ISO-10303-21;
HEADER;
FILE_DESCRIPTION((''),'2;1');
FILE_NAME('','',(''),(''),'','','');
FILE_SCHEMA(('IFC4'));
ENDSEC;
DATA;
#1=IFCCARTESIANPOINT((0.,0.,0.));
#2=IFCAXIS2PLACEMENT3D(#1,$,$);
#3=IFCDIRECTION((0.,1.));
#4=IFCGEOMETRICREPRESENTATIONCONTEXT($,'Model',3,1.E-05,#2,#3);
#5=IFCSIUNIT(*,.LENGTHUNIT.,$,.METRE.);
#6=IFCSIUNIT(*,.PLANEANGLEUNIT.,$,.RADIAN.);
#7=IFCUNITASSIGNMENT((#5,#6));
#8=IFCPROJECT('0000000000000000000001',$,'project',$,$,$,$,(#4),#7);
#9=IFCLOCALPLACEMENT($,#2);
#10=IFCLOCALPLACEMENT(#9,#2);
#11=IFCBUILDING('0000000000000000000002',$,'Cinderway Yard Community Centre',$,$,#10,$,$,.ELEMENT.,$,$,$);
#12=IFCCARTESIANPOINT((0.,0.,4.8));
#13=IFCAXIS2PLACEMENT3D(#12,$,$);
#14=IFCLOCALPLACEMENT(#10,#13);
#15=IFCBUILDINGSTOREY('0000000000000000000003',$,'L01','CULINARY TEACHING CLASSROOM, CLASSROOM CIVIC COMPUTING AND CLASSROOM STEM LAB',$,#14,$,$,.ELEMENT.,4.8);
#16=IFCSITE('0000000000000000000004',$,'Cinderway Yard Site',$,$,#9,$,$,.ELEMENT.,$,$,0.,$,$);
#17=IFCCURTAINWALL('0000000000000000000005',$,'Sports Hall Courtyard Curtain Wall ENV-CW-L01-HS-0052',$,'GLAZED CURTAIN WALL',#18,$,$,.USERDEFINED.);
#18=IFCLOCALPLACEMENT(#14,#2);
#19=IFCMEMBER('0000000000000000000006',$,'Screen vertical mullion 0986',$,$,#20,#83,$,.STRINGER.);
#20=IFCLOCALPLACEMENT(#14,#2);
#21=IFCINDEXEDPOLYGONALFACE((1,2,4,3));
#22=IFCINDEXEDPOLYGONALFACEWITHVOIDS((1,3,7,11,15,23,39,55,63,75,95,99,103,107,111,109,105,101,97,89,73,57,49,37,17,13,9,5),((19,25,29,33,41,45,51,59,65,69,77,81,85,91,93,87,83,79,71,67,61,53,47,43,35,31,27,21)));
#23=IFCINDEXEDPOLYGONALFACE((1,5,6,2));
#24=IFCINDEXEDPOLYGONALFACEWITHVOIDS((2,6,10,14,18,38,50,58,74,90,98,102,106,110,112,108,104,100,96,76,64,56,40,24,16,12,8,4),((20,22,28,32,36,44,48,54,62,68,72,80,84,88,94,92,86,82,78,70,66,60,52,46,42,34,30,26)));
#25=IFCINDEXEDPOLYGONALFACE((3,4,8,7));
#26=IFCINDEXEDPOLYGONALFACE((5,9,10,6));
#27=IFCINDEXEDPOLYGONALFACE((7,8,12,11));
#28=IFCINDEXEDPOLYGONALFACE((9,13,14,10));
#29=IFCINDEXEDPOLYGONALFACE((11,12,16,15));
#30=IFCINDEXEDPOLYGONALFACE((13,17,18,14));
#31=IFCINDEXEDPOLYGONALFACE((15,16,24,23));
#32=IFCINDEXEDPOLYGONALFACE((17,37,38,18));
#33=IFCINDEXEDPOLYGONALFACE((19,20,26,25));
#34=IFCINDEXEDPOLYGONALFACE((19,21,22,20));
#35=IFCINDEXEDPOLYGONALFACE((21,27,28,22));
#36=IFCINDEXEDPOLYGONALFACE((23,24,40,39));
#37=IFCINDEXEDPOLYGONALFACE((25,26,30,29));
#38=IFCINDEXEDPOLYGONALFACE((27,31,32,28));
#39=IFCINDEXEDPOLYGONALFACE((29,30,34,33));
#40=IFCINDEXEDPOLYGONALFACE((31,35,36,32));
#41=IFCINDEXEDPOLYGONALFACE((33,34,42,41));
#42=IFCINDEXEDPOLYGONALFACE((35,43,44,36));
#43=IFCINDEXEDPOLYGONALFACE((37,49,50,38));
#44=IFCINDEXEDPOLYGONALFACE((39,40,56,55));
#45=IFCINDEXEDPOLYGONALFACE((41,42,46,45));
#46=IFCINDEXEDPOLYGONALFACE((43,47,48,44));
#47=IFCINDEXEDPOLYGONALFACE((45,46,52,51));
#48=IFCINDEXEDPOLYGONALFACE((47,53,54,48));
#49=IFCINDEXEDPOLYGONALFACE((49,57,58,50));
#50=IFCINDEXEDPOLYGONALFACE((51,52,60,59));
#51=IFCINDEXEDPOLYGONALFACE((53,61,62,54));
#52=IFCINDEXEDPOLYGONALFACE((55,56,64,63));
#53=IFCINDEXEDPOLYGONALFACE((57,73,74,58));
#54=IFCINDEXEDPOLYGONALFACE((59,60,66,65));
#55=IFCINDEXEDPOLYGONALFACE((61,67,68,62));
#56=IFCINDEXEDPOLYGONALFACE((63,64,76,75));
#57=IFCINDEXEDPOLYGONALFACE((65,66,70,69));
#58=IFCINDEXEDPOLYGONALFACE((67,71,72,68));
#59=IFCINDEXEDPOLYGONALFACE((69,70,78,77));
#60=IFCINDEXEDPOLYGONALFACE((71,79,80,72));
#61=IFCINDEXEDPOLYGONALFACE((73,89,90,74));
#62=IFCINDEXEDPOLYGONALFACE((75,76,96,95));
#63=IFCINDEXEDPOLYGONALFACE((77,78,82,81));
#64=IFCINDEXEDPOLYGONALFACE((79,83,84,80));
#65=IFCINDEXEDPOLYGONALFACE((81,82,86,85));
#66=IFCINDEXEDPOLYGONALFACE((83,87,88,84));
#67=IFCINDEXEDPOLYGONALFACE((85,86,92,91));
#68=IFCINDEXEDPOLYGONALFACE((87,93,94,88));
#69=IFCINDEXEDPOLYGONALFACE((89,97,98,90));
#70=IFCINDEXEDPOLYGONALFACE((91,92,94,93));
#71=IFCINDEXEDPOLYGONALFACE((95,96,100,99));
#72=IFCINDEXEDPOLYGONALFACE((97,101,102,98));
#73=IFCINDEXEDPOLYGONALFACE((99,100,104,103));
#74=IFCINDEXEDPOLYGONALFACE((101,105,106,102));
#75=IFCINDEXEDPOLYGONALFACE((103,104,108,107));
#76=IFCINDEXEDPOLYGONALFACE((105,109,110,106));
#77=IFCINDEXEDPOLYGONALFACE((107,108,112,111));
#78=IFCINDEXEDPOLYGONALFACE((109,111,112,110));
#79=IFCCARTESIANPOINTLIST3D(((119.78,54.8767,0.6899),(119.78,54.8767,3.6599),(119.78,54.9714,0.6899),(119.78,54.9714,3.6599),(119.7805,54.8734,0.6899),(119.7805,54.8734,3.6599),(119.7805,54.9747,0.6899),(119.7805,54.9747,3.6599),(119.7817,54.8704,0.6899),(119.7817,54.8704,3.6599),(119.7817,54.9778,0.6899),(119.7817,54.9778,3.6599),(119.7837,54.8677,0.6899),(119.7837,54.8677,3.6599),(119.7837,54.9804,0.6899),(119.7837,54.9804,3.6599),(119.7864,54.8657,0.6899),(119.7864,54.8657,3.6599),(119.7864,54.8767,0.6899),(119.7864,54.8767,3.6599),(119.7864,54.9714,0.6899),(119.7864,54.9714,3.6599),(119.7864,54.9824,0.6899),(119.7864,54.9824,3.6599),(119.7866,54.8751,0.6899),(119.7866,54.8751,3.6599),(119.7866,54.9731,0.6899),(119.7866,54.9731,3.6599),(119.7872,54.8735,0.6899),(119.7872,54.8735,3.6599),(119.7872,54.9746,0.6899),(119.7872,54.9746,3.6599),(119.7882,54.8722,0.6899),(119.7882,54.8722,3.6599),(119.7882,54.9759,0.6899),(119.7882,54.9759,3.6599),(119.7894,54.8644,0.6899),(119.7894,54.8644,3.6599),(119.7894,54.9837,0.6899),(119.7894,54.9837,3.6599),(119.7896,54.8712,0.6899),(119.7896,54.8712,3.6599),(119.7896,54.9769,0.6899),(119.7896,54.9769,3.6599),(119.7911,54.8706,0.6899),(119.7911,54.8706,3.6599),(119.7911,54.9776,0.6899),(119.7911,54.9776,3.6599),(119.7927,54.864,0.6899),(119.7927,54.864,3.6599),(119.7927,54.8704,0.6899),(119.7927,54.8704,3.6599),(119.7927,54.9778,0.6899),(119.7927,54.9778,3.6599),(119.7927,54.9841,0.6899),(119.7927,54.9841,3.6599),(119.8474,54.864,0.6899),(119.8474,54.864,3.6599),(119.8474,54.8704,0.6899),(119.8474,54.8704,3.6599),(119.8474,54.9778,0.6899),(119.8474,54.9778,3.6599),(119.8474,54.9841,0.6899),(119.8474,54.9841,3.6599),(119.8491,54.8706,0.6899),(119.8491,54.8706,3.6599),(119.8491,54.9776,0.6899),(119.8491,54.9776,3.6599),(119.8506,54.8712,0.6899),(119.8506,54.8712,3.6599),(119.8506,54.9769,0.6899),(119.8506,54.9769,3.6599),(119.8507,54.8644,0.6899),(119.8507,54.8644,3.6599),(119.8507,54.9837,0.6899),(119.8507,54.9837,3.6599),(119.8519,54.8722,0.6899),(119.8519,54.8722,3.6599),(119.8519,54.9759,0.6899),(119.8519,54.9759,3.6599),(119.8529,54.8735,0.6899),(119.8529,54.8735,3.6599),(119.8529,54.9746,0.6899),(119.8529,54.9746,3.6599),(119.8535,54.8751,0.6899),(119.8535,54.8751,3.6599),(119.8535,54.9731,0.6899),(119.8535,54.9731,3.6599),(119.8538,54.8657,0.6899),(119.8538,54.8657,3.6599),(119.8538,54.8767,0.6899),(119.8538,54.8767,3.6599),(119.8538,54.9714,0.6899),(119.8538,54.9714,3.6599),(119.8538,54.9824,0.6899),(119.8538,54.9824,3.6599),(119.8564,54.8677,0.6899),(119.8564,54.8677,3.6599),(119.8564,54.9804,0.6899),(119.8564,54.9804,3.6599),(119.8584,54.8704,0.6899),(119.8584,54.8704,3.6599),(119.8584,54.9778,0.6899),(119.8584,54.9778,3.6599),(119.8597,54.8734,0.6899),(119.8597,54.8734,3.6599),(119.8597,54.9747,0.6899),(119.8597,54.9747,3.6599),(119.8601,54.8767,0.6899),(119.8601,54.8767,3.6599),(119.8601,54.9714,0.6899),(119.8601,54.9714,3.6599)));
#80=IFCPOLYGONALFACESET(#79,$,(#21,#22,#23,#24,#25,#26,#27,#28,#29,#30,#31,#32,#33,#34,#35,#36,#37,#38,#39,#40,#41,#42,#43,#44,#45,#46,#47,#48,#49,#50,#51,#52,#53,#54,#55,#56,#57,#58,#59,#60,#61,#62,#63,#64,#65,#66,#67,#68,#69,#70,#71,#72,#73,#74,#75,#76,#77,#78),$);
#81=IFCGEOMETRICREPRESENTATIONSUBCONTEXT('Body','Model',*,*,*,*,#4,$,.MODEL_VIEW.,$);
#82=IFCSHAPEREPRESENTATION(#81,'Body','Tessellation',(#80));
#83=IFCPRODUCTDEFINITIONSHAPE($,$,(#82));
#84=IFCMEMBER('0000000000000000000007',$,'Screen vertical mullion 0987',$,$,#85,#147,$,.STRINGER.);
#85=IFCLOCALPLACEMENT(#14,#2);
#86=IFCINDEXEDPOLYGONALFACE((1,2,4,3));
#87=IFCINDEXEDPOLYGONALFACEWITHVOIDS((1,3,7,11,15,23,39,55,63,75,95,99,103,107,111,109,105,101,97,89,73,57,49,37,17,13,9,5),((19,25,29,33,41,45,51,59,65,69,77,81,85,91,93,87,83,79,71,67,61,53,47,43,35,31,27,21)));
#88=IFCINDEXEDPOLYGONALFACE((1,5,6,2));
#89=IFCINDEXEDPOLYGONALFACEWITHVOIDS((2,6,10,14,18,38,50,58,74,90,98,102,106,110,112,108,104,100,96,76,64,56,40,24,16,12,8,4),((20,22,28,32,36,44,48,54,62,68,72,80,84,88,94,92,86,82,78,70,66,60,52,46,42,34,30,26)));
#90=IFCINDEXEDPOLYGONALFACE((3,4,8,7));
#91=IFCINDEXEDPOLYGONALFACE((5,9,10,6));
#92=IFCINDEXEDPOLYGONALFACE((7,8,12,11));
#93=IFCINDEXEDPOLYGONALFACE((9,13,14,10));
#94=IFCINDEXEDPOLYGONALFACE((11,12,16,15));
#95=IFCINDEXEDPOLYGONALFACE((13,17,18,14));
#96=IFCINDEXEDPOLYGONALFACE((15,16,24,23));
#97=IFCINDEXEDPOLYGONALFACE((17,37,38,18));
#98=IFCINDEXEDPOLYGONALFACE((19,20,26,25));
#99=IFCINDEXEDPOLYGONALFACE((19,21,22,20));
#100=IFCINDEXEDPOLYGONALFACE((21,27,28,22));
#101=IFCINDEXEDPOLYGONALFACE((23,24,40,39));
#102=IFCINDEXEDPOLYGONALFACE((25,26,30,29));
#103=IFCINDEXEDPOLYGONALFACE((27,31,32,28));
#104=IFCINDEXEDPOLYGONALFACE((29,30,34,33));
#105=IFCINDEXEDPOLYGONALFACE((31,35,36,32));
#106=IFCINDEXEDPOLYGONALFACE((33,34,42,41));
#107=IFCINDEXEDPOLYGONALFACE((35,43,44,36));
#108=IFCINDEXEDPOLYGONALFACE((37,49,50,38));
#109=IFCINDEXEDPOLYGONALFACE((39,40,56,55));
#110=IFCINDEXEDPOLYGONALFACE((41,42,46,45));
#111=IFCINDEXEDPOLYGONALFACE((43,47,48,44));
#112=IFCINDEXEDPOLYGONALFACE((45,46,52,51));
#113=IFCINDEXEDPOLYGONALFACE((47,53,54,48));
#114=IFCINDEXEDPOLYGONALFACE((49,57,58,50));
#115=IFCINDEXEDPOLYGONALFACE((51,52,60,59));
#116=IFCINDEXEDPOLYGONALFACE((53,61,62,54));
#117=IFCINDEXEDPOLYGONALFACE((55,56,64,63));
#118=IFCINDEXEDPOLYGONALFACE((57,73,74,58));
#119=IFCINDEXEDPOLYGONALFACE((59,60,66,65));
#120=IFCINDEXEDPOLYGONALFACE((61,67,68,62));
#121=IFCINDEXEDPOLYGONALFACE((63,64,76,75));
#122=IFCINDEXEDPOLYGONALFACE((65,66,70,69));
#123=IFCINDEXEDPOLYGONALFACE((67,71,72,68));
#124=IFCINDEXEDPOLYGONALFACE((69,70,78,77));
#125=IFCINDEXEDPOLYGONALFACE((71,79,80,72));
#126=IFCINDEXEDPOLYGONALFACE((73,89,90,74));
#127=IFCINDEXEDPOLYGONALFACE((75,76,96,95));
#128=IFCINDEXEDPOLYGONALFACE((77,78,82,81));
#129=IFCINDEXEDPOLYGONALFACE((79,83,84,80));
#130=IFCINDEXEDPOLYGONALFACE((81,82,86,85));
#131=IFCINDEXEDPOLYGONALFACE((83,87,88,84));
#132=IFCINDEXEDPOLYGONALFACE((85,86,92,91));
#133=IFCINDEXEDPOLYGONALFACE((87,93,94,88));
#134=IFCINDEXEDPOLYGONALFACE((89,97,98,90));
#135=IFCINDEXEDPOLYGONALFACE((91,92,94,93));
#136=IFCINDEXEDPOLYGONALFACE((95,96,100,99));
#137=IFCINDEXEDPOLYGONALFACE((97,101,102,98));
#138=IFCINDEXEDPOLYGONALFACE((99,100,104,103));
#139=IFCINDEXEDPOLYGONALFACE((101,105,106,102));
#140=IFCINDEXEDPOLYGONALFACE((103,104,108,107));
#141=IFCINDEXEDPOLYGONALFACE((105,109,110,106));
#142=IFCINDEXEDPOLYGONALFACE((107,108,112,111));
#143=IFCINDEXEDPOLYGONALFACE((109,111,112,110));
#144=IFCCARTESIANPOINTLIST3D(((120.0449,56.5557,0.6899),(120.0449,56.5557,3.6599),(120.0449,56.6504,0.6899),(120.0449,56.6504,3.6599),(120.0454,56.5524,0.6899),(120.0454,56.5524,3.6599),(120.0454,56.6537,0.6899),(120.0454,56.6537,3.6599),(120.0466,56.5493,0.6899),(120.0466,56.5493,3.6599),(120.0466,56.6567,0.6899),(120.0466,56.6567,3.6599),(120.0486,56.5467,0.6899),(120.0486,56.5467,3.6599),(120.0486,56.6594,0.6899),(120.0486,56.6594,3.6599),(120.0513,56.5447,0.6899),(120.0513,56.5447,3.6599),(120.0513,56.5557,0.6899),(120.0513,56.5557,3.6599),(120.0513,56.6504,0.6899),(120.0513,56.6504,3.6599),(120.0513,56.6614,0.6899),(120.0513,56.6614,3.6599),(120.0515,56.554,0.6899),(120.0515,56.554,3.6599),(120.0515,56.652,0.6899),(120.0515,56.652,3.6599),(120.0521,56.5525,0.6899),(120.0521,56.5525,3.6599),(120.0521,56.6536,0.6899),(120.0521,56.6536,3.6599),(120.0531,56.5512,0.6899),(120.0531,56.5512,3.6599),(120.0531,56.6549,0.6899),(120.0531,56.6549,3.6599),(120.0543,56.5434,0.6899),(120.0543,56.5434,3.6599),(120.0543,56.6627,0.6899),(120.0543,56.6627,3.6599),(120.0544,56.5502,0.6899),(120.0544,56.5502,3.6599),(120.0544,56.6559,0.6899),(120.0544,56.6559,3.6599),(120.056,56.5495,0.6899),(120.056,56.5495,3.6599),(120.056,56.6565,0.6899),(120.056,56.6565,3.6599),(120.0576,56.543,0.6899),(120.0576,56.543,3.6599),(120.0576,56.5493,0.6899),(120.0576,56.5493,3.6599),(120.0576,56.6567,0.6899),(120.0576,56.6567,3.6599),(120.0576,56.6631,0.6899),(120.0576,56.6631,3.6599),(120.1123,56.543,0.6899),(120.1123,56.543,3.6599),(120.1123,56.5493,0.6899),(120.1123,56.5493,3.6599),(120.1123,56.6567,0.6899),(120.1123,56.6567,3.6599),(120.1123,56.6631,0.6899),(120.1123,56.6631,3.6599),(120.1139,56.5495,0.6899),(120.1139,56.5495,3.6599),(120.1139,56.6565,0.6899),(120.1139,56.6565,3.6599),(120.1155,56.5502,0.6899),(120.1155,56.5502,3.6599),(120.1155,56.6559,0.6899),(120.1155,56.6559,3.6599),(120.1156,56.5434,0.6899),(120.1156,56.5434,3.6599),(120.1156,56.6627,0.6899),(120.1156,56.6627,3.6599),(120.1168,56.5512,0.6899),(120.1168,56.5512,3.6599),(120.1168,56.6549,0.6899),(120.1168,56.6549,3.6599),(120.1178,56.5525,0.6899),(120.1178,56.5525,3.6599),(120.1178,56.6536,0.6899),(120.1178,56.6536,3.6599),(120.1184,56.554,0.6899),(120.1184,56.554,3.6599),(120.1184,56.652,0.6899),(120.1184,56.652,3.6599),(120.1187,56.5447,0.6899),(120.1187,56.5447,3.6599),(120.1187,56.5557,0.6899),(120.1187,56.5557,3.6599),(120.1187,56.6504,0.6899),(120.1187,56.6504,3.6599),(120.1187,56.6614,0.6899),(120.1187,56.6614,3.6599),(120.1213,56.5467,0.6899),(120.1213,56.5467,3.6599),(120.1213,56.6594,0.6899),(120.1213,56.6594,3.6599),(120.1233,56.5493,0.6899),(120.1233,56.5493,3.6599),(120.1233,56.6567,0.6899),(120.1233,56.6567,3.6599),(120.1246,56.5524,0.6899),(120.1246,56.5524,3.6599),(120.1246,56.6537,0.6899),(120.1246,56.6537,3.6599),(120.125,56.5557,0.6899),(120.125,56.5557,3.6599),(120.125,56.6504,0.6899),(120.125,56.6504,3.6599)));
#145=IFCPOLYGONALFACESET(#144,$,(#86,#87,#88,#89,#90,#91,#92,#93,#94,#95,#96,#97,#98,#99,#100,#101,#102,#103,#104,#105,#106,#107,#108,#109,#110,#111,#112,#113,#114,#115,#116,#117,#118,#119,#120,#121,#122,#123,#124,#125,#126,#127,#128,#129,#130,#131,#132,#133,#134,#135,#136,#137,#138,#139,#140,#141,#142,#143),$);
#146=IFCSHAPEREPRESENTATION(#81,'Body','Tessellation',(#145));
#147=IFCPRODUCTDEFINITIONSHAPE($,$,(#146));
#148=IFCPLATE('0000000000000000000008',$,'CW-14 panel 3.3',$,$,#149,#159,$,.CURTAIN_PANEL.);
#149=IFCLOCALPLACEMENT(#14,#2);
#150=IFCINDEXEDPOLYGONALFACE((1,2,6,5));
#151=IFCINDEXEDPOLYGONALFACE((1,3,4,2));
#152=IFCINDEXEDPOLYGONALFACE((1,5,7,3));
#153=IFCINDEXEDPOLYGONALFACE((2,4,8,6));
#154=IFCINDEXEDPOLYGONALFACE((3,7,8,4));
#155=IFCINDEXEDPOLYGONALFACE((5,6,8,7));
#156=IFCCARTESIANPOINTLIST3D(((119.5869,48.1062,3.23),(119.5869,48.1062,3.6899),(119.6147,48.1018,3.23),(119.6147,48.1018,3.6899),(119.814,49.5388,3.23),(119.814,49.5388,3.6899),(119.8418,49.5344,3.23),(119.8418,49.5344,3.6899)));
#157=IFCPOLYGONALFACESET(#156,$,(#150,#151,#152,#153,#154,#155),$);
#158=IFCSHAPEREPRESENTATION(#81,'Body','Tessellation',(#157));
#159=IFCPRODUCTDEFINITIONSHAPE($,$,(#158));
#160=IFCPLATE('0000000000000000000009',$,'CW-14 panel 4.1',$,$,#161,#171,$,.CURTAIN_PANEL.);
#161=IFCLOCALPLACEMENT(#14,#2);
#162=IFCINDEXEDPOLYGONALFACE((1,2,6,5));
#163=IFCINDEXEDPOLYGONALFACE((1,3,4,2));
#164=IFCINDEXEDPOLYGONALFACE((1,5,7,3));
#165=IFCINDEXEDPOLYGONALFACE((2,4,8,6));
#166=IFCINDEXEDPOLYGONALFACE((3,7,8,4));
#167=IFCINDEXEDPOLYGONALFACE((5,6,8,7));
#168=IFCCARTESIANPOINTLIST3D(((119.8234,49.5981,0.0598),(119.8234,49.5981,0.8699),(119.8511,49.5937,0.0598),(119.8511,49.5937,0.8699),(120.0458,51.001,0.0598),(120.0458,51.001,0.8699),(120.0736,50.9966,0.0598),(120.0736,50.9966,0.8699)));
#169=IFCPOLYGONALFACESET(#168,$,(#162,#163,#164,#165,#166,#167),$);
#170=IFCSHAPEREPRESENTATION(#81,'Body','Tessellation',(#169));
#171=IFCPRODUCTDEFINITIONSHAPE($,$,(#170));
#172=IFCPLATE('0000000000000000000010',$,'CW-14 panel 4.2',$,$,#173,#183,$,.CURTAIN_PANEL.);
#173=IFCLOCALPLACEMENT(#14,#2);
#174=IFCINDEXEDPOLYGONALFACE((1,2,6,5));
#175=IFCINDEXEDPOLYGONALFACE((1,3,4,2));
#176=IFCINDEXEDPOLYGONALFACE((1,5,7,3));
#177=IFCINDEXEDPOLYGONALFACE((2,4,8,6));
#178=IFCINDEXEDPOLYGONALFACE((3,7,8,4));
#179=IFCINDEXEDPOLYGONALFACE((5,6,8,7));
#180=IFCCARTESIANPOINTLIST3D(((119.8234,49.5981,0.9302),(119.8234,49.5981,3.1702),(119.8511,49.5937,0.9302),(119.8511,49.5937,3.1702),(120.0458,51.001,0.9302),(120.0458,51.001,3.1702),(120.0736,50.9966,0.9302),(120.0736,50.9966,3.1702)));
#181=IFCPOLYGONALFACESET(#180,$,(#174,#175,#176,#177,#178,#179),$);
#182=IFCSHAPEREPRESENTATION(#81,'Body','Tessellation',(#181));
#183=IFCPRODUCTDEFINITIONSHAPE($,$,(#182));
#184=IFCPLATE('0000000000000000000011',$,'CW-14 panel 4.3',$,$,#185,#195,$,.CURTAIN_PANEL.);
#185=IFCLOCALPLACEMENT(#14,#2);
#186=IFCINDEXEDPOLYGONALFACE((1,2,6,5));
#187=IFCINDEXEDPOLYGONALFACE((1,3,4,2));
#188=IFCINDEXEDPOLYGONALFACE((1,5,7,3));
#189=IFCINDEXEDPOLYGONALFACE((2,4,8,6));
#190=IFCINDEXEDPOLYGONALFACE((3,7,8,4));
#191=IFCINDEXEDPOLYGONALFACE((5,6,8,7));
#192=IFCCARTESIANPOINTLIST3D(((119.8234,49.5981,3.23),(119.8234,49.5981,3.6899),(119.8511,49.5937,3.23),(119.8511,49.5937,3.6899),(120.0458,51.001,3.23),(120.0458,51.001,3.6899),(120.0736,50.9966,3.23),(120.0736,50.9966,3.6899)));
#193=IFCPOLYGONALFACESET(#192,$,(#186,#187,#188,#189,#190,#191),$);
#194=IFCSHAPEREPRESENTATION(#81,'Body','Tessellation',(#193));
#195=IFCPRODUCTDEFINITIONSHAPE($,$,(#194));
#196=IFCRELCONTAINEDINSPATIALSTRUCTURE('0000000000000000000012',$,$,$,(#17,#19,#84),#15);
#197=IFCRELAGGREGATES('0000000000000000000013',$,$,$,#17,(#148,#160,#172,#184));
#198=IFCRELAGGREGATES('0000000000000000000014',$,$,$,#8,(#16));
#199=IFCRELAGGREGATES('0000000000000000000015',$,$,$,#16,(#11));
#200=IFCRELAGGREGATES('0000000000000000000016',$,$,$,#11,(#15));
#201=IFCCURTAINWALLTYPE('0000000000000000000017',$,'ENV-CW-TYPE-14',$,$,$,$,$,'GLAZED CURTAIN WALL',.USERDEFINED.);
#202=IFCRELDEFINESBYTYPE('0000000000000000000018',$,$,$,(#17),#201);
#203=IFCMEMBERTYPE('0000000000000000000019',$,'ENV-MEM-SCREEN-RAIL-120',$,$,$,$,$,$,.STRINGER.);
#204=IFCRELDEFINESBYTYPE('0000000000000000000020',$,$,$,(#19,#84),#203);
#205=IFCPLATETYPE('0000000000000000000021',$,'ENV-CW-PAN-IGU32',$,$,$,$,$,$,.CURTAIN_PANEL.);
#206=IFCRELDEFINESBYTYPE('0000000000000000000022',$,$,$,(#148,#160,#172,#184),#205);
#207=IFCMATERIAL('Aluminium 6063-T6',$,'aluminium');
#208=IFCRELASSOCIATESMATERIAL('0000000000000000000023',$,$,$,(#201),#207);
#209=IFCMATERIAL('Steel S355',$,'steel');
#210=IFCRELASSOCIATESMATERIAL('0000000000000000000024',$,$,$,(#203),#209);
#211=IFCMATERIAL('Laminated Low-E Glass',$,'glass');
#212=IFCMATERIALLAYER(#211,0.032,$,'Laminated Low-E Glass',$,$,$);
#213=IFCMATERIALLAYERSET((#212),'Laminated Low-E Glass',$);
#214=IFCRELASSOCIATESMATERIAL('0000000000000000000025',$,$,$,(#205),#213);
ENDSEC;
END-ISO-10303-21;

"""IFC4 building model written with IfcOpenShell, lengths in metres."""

from ifc_helpers import new_model, si_unit, direction, frame, origin, origin_2d, place, context, subcontext, project, spatial, rectangle, hollow_rectangle, extrude, material, layer, layer_set, material_profile, profile_set, type_object, element, aggregate, save


model = new_model("IFC4")

# Units and contexts
model_context = context("Model", 3, precision=1e-05, world=origin(), true_north=direction((0.0, 1.0)))
body_context = subcontext(model_context, "Body", "Model", "MODEL_VIEW")
ifc_project = project(units=[si_unit("LENGTHUNIT", "METRE"), si_unit("PLANEANGLEUNIT", "RADIAN")], contexts=[model_context])

# Site, building, storey
site_placement = place(None, origin())
site = spatial("IfcSite", under=ifc_project, at=site_placement, Name="Cinderway Yard Site", CompositionType="ELEMENT", RefElevation=0.0)
building_placement = place(site_placement, origin())
building = spatial("IfcBuilding", under=site, at=building_placement, Name="Cinderway Yard Community Centre", CompositionType="ELEMENT")
storey_placement = place(building_placement, frame((0.0, 0.0, 4.8)))
storey = spatial("IfcBuildingStorey", under=building, at=storey_placement, Name="L01", Description="CULINARY TEACHING CLASSROOM, CLASSROOM CIVIC COMPUTING AND CLASSROOM STEM LAB", CompositionType="ELEMENT", Elevation=4.8)

# Curtain wall
ifc_material_1 = material(Name="Aluminium 6063-T6", Category="aluminium")
curtain_wall_type = type_object("IfcCurtainWallType", Name="ENV-CW-TYPE-14", ElementType="GLAZED CURTAIN WALL", PredefinedType="USERDEFINED", material=ifc_material_1)
curtain_wall_placement = place(storey_placement, origin())
curtain_wall = element("IfcCurtainWall", 1, at=curtain_wall_placement, inside=storey, type_object=curtain_wall_type, Name="Sports Hall Courtyard Curtain Wall ENV-CW-L01-HS-0052", ObjectType="GLAZED CURTAIN WALL", PredefinedType="USERDEFINED")

# Members
ifc_material_2 = material(Name="Steel S355", Category="steel")
ifc_material_profile_1 = material_profile(ifc_material_2, hollow_rectangle(XDim=0.0801, YDim=0.1201, WallThickness=0.0063, InnerFilletRadius=0.0063, OuterFilletRadius=0.0127, at=origin_2d()), Name="Steel S355")
ifc_profile_set_1 = profile_set([ifc_material_profile_1], Name="Steel S355")
member_type_1 = type_object("IfcMemberType", Name="ENV-MEM-SCREEN-RAIL-120", PredefinedType="STRINGER", material=ifc_profile_set_1)
for number, where, z_axis, x_axis, name in (
    (2, (119.8201, 54.9241, 0.6899), (0.0, 0.0, 1.0), (1.0, 0.0, 0.0), "Screen vertical mullion 0986"),
    (3, (120.085, 56.603, 0.6899), (0.0, 0.0, 1.0), (1.0, 0.0, 0.0), "Screen vertical mullion 0987"),
):
    element("IfcMember", number, at=place(storey_placement, frame(where, z_axis=z_axis, x_axis=x_axis)), inside=storey, type_object=member_type_1, Name=name, PredefinedType="STRINGER", context=body_context, shape_type="SweptSolid", body=[
        extrude(hollow_rectangle(XDim=0.0801, YDim=0.1201, WallThickness=0.0063, InnerFilletRadius=0.0063, OuterFilletRadius=0.0127, at=origin_2d()), origin(), (0.0, 0.0, 1.0), 2.97),
    ])

# Plates
ifc_material_3 = material(Name="Laminated Low-E Glass", Category="glass")
ifc_layer_1 = layer(ifc_material_3, 0.032, Name="Laminated Low-E Glass")
ifc_layer_set_1 = layer_set([ifc_layer_1], Name="Laminated Low-E Glass")
plate_type_1 = type_object("IfcPlateType", Name="ENV-CW-PAN-IGU32", PredefinedType="CURTAIN_PANEL", material=ifc_layer_set_1)
plate_1_placement = place(storey_placement, frame((119.7144, 48.8203, 3.23), z_axis=(0.0, 0.0, 1.0), x_axis=(0.156583, 0.987665, 0.0)))
plate_1 = element("IfcPlate", 4, at=plate_1_placement, type_object=plate_type_1, Name="CW-14 panel 3.3", PredefinedType="CURTAIN_PANEL", context=body_context, shape_type="SweptSolid", body=[
    extrude(rectangle(XDim=1.4504, YDim=0.0281, at=origin_2d()), origin(), (0.0, 0.0, 1.0), 0.46),
])
plate_2_placement = place(storey_placement, frame((119.9485, 50.2974, 0.0598), z_axis=(0.0, 0.0, 1.0), x_axis=(0.156583, 0.987665, 0.0)))
plate_2 = element("IfcPlate", 5, at=plate_2_placement, type_object=plate_type_1, Name="CW-14 panel 4.1", PredefinedType="CURTAIN_PANEL", context=body_context, shape_type="SweptSolid", body=[
    extrude(rectangle(XDim=1.4204, YDim=0.0281, at=origin_2d()), origin(), (0.0, 0.0, 1.0), 0.8101),
])
plate_3_placement = place(storey_placement, frame((119.9485, 50.2974, 0.9302), z_axis=(0.0, 0.0, 1.0), x_axis=(0.156583, 0.987665, 0.0)))
plate_3 = element("IfcPlate", 6, at=plate_3_placement, type_object=plate_type_1, Name="CW-14 panel 4.2", PredefinedType="CURTAIN_PANEL", context=body_context, shape_type="SweptSolid", body=[
    extrude(rectangle(XDim=1.4204, YDim=0.0281, at=origin_2d()), origin(), (0.0, 0.0, 1.0), 2.24),
])
plate_4_placement = place(storey_placement, frame((119.9485, 50.2974, 3.23), z_axis=(0.0, 0.0, 1.0), x_axis=(0.156583, 0.987665, 0.0)))
plate_4 = element("IfcPlate", 7, at=plate_4_placement, type_object=plate_type_1, Name="CW-14 panel 4.3", PredefinedType="CURTAIN_PANEL", context=body_context, shape_type="SweptSolid", body=[
    extrude(rectangle(XDim=1.4204, YDim=0.0281, at=origin_2d()), origin(), (0.0, 0.0, 1.0), 0.46),
])
aggregate(curtain_wall, [plate_1, plate_2, plate_3, plate_4])

save(model, "model.ifc")
